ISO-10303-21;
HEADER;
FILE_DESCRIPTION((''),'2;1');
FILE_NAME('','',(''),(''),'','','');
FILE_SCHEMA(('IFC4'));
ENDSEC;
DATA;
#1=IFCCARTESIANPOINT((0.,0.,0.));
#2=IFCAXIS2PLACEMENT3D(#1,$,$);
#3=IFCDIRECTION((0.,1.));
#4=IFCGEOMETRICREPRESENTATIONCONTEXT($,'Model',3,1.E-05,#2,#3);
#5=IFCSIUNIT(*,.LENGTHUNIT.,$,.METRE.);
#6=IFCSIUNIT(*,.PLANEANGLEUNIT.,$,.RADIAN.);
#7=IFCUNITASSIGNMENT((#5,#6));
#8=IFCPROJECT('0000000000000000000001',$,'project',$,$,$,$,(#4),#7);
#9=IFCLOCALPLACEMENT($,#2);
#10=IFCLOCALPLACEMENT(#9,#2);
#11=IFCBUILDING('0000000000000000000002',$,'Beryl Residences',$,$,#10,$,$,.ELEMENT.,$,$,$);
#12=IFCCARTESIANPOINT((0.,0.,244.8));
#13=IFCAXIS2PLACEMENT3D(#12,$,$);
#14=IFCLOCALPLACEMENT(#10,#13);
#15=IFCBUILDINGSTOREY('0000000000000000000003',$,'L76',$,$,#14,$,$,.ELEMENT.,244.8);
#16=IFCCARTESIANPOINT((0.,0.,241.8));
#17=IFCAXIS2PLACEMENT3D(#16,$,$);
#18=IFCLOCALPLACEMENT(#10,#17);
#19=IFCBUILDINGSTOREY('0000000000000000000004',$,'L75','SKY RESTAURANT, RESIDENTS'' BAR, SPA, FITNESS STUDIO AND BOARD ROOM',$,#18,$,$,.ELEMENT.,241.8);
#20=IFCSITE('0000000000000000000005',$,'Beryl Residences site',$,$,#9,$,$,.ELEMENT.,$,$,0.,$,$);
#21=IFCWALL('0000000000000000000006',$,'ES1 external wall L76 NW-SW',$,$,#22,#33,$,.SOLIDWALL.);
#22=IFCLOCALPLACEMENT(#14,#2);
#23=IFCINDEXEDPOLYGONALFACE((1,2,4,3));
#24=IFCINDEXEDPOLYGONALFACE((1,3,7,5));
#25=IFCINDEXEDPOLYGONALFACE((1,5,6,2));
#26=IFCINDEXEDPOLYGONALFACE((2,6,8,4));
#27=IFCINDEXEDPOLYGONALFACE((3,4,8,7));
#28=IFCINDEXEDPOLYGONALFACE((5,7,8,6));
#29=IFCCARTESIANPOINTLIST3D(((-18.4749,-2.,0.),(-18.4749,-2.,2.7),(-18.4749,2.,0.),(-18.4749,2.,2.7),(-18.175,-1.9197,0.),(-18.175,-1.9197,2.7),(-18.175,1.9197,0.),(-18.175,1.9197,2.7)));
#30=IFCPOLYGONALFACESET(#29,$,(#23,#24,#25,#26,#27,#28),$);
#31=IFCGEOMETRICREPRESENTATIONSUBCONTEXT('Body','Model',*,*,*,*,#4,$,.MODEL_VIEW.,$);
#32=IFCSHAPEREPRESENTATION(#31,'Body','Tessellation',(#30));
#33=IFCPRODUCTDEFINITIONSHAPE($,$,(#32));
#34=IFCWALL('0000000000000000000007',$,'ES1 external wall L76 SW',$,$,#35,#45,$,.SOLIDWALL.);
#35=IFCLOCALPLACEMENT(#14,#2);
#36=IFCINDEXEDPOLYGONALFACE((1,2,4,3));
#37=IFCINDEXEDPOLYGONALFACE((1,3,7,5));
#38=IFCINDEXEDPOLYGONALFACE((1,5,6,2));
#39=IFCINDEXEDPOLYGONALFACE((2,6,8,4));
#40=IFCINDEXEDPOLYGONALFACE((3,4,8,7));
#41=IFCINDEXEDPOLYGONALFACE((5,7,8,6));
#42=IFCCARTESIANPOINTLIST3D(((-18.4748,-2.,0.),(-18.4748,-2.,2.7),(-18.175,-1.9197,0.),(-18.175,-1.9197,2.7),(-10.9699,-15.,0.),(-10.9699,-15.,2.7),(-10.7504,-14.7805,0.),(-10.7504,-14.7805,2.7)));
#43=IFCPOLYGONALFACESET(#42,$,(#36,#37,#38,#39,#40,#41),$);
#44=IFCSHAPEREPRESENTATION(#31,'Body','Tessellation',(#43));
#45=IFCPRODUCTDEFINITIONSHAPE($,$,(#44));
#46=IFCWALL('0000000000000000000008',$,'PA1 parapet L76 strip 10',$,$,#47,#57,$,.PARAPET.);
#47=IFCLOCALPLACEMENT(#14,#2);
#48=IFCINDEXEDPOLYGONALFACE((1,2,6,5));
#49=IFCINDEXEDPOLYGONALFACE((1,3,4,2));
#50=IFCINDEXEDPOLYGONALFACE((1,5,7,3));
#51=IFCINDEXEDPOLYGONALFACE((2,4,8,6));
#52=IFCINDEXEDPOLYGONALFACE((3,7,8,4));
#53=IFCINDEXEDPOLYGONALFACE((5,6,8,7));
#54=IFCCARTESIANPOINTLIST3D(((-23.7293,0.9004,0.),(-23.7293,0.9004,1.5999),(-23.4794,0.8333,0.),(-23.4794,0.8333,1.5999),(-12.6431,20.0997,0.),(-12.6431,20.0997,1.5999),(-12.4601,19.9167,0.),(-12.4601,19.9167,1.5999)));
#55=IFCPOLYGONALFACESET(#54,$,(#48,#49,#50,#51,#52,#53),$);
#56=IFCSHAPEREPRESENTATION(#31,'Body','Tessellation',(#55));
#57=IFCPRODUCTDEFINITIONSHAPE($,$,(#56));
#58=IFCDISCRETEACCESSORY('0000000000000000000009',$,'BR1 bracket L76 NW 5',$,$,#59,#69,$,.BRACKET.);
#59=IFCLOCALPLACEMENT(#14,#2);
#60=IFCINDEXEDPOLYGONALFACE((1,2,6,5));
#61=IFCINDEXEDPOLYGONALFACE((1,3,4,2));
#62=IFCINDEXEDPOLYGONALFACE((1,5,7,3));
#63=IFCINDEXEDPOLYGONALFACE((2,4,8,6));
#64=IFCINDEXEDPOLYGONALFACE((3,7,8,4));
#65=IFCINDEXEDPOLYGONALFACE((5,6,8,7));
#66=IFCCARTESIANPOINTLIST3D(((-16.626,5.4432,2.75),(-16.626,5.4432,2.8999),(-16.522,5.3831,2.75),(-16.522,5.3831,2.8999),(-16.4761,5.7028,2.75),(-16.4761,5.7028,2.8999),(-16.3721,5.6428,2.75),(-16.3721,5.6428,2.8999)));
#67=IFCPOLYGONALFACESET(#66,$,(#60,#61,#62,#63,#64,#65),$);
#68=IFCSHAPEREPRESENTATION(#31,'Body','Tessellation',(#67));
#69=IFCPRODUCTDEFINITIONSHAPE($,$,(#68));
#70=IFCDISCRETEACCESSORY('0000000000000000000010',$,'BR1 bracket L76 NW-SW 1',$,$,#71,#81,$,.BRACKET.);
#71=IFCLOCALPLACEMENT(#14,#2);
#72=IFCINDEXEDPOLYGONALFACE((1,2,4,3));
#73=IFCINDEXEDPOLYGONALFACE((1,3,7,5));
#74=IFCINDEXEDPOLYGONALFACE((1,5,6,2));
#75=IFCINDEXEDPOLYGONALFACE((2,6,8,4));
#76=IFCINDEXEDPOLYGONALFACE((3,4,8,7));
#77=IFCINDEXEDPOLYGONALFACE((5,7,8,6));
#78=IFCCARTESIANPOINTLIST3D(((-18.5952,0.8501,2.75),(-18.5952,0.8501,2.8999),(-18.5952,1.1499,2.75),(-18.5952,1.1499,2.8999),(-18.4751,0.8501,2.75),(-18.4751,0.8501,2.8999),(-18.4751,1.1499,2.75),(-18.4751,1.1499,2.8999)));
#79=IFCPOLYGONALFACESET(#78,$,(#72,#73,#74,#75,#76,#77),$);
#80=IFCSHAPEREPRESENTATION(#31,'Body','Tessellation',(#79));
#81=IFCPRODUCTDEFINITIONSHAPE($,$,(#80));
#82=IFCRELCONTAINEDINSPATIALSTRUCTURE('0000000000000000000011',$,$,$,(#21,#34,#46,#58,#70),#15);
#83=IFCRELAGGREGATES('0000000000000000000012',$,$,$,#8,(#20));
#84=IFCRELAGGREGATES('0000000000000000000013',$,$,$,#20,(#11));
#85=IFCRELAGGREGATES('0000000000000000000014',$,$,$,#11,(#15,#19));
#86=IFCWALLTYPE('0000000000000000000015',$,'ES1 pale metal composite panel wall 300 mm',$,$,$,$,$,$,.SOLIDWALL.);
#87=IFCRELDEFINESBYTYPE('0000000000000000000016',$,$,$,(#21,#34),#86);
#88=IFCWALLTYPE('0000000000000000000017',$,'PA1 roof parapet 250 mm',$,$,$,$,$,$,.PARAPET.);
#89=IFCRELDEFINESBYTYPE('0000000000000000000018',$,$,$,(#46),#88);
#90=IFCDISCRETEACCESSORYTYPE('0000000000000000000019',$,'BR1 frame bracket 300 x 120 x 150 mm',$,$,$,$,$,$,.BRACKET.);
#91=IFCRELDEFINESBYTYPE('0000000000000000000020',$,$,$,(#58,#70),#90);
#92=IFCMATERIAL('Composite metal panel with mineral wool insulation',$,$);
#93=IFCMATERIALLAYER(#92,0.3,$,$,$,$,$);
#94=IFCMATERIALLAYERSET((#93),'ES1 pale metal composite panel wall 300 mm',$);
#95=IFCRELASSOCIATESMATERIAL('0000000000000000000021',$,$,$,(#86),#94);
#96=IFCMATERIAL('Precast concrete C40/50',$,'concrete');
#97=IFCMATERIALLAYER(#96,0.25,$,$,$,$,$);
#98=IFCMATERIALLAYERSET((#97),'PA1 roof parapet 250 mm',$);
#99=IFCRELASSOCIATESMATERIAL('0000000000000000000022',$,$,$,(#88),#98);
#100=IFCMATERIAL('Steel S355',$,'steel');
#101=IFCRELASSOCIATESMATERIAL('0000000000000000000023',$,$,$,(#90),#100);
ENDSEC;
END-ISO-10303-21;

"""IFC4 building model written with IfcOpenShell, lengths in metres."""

from ifc_helpers import new_model, si_unit, direction, frame, origin, place, context, subcontext, project, spatial, polyline, outline, extrude, source, transform, mapped, material, layer, layer_set, type_object, type_shapes, element, save


model = new_model("IFC4")

# Units and contexts
model_context = context("Model", 3, precision=1e-05, world=origin(), true_north=direction((0.0, 1.0)))
body_context = subcontext(model_context, "Body", "Model", "MODEL_VIEW")
ifc_project = project(units=[si_unit("LENGTHUNIT", "METRE"), si_unit("PLANEANGLEUNIT", "RADIAN")], contexts=[model_context])

# Site, building, storey
site_placement = place(None, origin())
site = spatial("IfcSite", under=ifc_project, at=site_placement, Name="Beryl Residences site", CompositionType="ELEMENT", RefElevation=0.0)
building_placement = place(site_placement, origin())
building = spatial("IfcBuilding", under=site, at=building_placement, Name="Beryl Residences", CompositionType="ELEMENT")
storey_1_placement = place(building_placement, frame((0.0, 0.0, 244.8)))
storey_1 = spatial("IfcBuildingStorey", under=building, at=storey_1_placement, Name="L76", CompositionType="ELEMENT", Elevation=244.8)

# Shared definitions
storey_2_placement = place(building_placement, frame((0.0, 0.0, 241.8)))
storey_2 = spatial("IfcBuildingStorey", under=building, at=storey_2_placement, Name="L75", Description="SKY RESTAURANT, RESIDENTS' BAR, SPA, FITNESS STUDIO AND BOARD ROOM", CompositionType="ELEMENT", Elevation=241.8)

# Walls
ifc_material_1 = material(Name="Composite metal panel with mineral wool insulation")
ifc_layer_1 = layer(ifc_material_1, 0.3)
ifc_layer_set_1 = layer_set([ifc_layer_1], Name="ES1 pale metal composite panel wall 300 mm")
wall_type_1 = type_object("IfcWallType", Name="ES1 pale metal composite panel wall 300 mm", PredefinedType="SOLIDWALL", material=ifc_layer_set_1)
wall_1_placement = place(storey_1_placement, frame((-18.325, 2.0, 0.0), z_axis=(0.0, 0.0, 1.0), x_axis=(0.0, -1.0, 0.0)))
element("IfcWall", 1, at=wall_1_placement, inside=storey_1, type_object=wall_type_1, Name="ES1 external wall L76 NW-SW", PredefinedType="SOLIDWALL", context=body_context, shape_type="SweptSolid", body=[
    extrude(outline(polyline([(0.0, -0.1499), (4.0, -0.1499), (3.9197, 0.1499), (0.0803, 0.1499), (0.0, -0.1499)])), origin(), (0.0, 0.0, 1.0), 2.7),
])
wall_2_placement = place(storey_1_placement, frame((-18.345, -1.925, 0.0), z_axis=(0.0, 0.0, 1.0), x_axis=(0.499966, -0.866045, 0.0)))
element("IfcWall", 2, at=wall_2_placement, inside=storey_1, type_object=wall_type_1, Name="ES1 external wall L76 SW", PredefinedType="SOLIDWALL", context=body_context, shape_type="SweptSolid", body=[
    extrude(outline(polyline([(0.0, -0.1499), (15.0107, -0.1499), (14.9304, 0.1499), (0.0803, 0.1499), (0.0, -0.1499)])), origin(), (0.0, 0.0, 1.0), 2.7),
])
ifc_material_2 = material(Name="Precast concrete C40/50", Category="concrete")
ifc_layer_2 = layer(ifc_material_2, 0.25)
ifc_layer_set_2 = layer_set([ifc_layer_2], Name="PA1 roof parapet 250 mm")
wall_type_2 = type_object("IfcWallType", Name="PA1 roof parapet 250 mm", PredefinedType="PARAPET", material=ifc_layer_set_2)
wall_3_placement = place(storey_1_placement, frame((-23.6211, 0.8379, 0.0), z_axis=(0.0, 0.0, 1.0), x_axis=(0.500051, 0.865996, 0.0)))
element("IfcWall", 3, at=wall_3_placement, inside=storey_1, type_object=wall_type_2, Name="PA1 parapet L76 strip 10", PredefinedType="PARAPET", context=body_context, shape_type="SweptSolid", body=[
    extrude(outline(polyline([(0.0669, -0.125), (22.1033, -0.125), (22.1702, 0.125), (0.0, 0.125), (0.0669, -0.125)])), origin(), (0.0, 0.0, 1.0), 1.5999),
])

# Discrete accessories
ifc_material_3 = material(Name="Steel S355", Category="steel")
discrete_accessory_type = type_object("IfcDiscreteAccessoryType", Name="BR1 frame bracket 300 x 120 x 150 mm", PredefinedType="BRACKET", material=ifc_material_3)
shared_shape_1 = source(origin(), body_context, "Body", "SweptSolid", [
    extrude(outline(polyline([(-0.1499, 0.0), (0.1499, 0.0), (0.1499, 0.1201), (-0.1499, 0.1201), (-0.1499, 0.0)])), origin(), (0.0, 0.0, 1.0), 0.1499),
])
type_shapes(discrete_accessory_type, [shared_shape_1])
for number, where, z_axis, x_axis, name in (
    (4, (-16.447, 5.5129, 2.75), (0.0, 0.0, 1.0), (0.5, 0.866025, 0.0), "BR1 bracket L76 NW 5"),
    (5, (-18.4751, 1.0, 2.75), (0.0, 0.0, 1.0), (0.0, 1.0, 0.0), "BR1 bracket L76 NW-SW 1"),
):
    element("IfcDiscreteAccessory", number, at=place(storey_1_placement, frame(where, z_axis=z_axis, x_axis=x_axis)), inside=storey_1, type_object=discrete_accessory_type, Name=name, PredefinedType="BRACKET", context=body_context, shape_type="MappedRepresentation", body=[
        mapped(shared_shape_1, transform((0.0, 0.0, 0.0))),
    ])

save(model, "model.ifc")
